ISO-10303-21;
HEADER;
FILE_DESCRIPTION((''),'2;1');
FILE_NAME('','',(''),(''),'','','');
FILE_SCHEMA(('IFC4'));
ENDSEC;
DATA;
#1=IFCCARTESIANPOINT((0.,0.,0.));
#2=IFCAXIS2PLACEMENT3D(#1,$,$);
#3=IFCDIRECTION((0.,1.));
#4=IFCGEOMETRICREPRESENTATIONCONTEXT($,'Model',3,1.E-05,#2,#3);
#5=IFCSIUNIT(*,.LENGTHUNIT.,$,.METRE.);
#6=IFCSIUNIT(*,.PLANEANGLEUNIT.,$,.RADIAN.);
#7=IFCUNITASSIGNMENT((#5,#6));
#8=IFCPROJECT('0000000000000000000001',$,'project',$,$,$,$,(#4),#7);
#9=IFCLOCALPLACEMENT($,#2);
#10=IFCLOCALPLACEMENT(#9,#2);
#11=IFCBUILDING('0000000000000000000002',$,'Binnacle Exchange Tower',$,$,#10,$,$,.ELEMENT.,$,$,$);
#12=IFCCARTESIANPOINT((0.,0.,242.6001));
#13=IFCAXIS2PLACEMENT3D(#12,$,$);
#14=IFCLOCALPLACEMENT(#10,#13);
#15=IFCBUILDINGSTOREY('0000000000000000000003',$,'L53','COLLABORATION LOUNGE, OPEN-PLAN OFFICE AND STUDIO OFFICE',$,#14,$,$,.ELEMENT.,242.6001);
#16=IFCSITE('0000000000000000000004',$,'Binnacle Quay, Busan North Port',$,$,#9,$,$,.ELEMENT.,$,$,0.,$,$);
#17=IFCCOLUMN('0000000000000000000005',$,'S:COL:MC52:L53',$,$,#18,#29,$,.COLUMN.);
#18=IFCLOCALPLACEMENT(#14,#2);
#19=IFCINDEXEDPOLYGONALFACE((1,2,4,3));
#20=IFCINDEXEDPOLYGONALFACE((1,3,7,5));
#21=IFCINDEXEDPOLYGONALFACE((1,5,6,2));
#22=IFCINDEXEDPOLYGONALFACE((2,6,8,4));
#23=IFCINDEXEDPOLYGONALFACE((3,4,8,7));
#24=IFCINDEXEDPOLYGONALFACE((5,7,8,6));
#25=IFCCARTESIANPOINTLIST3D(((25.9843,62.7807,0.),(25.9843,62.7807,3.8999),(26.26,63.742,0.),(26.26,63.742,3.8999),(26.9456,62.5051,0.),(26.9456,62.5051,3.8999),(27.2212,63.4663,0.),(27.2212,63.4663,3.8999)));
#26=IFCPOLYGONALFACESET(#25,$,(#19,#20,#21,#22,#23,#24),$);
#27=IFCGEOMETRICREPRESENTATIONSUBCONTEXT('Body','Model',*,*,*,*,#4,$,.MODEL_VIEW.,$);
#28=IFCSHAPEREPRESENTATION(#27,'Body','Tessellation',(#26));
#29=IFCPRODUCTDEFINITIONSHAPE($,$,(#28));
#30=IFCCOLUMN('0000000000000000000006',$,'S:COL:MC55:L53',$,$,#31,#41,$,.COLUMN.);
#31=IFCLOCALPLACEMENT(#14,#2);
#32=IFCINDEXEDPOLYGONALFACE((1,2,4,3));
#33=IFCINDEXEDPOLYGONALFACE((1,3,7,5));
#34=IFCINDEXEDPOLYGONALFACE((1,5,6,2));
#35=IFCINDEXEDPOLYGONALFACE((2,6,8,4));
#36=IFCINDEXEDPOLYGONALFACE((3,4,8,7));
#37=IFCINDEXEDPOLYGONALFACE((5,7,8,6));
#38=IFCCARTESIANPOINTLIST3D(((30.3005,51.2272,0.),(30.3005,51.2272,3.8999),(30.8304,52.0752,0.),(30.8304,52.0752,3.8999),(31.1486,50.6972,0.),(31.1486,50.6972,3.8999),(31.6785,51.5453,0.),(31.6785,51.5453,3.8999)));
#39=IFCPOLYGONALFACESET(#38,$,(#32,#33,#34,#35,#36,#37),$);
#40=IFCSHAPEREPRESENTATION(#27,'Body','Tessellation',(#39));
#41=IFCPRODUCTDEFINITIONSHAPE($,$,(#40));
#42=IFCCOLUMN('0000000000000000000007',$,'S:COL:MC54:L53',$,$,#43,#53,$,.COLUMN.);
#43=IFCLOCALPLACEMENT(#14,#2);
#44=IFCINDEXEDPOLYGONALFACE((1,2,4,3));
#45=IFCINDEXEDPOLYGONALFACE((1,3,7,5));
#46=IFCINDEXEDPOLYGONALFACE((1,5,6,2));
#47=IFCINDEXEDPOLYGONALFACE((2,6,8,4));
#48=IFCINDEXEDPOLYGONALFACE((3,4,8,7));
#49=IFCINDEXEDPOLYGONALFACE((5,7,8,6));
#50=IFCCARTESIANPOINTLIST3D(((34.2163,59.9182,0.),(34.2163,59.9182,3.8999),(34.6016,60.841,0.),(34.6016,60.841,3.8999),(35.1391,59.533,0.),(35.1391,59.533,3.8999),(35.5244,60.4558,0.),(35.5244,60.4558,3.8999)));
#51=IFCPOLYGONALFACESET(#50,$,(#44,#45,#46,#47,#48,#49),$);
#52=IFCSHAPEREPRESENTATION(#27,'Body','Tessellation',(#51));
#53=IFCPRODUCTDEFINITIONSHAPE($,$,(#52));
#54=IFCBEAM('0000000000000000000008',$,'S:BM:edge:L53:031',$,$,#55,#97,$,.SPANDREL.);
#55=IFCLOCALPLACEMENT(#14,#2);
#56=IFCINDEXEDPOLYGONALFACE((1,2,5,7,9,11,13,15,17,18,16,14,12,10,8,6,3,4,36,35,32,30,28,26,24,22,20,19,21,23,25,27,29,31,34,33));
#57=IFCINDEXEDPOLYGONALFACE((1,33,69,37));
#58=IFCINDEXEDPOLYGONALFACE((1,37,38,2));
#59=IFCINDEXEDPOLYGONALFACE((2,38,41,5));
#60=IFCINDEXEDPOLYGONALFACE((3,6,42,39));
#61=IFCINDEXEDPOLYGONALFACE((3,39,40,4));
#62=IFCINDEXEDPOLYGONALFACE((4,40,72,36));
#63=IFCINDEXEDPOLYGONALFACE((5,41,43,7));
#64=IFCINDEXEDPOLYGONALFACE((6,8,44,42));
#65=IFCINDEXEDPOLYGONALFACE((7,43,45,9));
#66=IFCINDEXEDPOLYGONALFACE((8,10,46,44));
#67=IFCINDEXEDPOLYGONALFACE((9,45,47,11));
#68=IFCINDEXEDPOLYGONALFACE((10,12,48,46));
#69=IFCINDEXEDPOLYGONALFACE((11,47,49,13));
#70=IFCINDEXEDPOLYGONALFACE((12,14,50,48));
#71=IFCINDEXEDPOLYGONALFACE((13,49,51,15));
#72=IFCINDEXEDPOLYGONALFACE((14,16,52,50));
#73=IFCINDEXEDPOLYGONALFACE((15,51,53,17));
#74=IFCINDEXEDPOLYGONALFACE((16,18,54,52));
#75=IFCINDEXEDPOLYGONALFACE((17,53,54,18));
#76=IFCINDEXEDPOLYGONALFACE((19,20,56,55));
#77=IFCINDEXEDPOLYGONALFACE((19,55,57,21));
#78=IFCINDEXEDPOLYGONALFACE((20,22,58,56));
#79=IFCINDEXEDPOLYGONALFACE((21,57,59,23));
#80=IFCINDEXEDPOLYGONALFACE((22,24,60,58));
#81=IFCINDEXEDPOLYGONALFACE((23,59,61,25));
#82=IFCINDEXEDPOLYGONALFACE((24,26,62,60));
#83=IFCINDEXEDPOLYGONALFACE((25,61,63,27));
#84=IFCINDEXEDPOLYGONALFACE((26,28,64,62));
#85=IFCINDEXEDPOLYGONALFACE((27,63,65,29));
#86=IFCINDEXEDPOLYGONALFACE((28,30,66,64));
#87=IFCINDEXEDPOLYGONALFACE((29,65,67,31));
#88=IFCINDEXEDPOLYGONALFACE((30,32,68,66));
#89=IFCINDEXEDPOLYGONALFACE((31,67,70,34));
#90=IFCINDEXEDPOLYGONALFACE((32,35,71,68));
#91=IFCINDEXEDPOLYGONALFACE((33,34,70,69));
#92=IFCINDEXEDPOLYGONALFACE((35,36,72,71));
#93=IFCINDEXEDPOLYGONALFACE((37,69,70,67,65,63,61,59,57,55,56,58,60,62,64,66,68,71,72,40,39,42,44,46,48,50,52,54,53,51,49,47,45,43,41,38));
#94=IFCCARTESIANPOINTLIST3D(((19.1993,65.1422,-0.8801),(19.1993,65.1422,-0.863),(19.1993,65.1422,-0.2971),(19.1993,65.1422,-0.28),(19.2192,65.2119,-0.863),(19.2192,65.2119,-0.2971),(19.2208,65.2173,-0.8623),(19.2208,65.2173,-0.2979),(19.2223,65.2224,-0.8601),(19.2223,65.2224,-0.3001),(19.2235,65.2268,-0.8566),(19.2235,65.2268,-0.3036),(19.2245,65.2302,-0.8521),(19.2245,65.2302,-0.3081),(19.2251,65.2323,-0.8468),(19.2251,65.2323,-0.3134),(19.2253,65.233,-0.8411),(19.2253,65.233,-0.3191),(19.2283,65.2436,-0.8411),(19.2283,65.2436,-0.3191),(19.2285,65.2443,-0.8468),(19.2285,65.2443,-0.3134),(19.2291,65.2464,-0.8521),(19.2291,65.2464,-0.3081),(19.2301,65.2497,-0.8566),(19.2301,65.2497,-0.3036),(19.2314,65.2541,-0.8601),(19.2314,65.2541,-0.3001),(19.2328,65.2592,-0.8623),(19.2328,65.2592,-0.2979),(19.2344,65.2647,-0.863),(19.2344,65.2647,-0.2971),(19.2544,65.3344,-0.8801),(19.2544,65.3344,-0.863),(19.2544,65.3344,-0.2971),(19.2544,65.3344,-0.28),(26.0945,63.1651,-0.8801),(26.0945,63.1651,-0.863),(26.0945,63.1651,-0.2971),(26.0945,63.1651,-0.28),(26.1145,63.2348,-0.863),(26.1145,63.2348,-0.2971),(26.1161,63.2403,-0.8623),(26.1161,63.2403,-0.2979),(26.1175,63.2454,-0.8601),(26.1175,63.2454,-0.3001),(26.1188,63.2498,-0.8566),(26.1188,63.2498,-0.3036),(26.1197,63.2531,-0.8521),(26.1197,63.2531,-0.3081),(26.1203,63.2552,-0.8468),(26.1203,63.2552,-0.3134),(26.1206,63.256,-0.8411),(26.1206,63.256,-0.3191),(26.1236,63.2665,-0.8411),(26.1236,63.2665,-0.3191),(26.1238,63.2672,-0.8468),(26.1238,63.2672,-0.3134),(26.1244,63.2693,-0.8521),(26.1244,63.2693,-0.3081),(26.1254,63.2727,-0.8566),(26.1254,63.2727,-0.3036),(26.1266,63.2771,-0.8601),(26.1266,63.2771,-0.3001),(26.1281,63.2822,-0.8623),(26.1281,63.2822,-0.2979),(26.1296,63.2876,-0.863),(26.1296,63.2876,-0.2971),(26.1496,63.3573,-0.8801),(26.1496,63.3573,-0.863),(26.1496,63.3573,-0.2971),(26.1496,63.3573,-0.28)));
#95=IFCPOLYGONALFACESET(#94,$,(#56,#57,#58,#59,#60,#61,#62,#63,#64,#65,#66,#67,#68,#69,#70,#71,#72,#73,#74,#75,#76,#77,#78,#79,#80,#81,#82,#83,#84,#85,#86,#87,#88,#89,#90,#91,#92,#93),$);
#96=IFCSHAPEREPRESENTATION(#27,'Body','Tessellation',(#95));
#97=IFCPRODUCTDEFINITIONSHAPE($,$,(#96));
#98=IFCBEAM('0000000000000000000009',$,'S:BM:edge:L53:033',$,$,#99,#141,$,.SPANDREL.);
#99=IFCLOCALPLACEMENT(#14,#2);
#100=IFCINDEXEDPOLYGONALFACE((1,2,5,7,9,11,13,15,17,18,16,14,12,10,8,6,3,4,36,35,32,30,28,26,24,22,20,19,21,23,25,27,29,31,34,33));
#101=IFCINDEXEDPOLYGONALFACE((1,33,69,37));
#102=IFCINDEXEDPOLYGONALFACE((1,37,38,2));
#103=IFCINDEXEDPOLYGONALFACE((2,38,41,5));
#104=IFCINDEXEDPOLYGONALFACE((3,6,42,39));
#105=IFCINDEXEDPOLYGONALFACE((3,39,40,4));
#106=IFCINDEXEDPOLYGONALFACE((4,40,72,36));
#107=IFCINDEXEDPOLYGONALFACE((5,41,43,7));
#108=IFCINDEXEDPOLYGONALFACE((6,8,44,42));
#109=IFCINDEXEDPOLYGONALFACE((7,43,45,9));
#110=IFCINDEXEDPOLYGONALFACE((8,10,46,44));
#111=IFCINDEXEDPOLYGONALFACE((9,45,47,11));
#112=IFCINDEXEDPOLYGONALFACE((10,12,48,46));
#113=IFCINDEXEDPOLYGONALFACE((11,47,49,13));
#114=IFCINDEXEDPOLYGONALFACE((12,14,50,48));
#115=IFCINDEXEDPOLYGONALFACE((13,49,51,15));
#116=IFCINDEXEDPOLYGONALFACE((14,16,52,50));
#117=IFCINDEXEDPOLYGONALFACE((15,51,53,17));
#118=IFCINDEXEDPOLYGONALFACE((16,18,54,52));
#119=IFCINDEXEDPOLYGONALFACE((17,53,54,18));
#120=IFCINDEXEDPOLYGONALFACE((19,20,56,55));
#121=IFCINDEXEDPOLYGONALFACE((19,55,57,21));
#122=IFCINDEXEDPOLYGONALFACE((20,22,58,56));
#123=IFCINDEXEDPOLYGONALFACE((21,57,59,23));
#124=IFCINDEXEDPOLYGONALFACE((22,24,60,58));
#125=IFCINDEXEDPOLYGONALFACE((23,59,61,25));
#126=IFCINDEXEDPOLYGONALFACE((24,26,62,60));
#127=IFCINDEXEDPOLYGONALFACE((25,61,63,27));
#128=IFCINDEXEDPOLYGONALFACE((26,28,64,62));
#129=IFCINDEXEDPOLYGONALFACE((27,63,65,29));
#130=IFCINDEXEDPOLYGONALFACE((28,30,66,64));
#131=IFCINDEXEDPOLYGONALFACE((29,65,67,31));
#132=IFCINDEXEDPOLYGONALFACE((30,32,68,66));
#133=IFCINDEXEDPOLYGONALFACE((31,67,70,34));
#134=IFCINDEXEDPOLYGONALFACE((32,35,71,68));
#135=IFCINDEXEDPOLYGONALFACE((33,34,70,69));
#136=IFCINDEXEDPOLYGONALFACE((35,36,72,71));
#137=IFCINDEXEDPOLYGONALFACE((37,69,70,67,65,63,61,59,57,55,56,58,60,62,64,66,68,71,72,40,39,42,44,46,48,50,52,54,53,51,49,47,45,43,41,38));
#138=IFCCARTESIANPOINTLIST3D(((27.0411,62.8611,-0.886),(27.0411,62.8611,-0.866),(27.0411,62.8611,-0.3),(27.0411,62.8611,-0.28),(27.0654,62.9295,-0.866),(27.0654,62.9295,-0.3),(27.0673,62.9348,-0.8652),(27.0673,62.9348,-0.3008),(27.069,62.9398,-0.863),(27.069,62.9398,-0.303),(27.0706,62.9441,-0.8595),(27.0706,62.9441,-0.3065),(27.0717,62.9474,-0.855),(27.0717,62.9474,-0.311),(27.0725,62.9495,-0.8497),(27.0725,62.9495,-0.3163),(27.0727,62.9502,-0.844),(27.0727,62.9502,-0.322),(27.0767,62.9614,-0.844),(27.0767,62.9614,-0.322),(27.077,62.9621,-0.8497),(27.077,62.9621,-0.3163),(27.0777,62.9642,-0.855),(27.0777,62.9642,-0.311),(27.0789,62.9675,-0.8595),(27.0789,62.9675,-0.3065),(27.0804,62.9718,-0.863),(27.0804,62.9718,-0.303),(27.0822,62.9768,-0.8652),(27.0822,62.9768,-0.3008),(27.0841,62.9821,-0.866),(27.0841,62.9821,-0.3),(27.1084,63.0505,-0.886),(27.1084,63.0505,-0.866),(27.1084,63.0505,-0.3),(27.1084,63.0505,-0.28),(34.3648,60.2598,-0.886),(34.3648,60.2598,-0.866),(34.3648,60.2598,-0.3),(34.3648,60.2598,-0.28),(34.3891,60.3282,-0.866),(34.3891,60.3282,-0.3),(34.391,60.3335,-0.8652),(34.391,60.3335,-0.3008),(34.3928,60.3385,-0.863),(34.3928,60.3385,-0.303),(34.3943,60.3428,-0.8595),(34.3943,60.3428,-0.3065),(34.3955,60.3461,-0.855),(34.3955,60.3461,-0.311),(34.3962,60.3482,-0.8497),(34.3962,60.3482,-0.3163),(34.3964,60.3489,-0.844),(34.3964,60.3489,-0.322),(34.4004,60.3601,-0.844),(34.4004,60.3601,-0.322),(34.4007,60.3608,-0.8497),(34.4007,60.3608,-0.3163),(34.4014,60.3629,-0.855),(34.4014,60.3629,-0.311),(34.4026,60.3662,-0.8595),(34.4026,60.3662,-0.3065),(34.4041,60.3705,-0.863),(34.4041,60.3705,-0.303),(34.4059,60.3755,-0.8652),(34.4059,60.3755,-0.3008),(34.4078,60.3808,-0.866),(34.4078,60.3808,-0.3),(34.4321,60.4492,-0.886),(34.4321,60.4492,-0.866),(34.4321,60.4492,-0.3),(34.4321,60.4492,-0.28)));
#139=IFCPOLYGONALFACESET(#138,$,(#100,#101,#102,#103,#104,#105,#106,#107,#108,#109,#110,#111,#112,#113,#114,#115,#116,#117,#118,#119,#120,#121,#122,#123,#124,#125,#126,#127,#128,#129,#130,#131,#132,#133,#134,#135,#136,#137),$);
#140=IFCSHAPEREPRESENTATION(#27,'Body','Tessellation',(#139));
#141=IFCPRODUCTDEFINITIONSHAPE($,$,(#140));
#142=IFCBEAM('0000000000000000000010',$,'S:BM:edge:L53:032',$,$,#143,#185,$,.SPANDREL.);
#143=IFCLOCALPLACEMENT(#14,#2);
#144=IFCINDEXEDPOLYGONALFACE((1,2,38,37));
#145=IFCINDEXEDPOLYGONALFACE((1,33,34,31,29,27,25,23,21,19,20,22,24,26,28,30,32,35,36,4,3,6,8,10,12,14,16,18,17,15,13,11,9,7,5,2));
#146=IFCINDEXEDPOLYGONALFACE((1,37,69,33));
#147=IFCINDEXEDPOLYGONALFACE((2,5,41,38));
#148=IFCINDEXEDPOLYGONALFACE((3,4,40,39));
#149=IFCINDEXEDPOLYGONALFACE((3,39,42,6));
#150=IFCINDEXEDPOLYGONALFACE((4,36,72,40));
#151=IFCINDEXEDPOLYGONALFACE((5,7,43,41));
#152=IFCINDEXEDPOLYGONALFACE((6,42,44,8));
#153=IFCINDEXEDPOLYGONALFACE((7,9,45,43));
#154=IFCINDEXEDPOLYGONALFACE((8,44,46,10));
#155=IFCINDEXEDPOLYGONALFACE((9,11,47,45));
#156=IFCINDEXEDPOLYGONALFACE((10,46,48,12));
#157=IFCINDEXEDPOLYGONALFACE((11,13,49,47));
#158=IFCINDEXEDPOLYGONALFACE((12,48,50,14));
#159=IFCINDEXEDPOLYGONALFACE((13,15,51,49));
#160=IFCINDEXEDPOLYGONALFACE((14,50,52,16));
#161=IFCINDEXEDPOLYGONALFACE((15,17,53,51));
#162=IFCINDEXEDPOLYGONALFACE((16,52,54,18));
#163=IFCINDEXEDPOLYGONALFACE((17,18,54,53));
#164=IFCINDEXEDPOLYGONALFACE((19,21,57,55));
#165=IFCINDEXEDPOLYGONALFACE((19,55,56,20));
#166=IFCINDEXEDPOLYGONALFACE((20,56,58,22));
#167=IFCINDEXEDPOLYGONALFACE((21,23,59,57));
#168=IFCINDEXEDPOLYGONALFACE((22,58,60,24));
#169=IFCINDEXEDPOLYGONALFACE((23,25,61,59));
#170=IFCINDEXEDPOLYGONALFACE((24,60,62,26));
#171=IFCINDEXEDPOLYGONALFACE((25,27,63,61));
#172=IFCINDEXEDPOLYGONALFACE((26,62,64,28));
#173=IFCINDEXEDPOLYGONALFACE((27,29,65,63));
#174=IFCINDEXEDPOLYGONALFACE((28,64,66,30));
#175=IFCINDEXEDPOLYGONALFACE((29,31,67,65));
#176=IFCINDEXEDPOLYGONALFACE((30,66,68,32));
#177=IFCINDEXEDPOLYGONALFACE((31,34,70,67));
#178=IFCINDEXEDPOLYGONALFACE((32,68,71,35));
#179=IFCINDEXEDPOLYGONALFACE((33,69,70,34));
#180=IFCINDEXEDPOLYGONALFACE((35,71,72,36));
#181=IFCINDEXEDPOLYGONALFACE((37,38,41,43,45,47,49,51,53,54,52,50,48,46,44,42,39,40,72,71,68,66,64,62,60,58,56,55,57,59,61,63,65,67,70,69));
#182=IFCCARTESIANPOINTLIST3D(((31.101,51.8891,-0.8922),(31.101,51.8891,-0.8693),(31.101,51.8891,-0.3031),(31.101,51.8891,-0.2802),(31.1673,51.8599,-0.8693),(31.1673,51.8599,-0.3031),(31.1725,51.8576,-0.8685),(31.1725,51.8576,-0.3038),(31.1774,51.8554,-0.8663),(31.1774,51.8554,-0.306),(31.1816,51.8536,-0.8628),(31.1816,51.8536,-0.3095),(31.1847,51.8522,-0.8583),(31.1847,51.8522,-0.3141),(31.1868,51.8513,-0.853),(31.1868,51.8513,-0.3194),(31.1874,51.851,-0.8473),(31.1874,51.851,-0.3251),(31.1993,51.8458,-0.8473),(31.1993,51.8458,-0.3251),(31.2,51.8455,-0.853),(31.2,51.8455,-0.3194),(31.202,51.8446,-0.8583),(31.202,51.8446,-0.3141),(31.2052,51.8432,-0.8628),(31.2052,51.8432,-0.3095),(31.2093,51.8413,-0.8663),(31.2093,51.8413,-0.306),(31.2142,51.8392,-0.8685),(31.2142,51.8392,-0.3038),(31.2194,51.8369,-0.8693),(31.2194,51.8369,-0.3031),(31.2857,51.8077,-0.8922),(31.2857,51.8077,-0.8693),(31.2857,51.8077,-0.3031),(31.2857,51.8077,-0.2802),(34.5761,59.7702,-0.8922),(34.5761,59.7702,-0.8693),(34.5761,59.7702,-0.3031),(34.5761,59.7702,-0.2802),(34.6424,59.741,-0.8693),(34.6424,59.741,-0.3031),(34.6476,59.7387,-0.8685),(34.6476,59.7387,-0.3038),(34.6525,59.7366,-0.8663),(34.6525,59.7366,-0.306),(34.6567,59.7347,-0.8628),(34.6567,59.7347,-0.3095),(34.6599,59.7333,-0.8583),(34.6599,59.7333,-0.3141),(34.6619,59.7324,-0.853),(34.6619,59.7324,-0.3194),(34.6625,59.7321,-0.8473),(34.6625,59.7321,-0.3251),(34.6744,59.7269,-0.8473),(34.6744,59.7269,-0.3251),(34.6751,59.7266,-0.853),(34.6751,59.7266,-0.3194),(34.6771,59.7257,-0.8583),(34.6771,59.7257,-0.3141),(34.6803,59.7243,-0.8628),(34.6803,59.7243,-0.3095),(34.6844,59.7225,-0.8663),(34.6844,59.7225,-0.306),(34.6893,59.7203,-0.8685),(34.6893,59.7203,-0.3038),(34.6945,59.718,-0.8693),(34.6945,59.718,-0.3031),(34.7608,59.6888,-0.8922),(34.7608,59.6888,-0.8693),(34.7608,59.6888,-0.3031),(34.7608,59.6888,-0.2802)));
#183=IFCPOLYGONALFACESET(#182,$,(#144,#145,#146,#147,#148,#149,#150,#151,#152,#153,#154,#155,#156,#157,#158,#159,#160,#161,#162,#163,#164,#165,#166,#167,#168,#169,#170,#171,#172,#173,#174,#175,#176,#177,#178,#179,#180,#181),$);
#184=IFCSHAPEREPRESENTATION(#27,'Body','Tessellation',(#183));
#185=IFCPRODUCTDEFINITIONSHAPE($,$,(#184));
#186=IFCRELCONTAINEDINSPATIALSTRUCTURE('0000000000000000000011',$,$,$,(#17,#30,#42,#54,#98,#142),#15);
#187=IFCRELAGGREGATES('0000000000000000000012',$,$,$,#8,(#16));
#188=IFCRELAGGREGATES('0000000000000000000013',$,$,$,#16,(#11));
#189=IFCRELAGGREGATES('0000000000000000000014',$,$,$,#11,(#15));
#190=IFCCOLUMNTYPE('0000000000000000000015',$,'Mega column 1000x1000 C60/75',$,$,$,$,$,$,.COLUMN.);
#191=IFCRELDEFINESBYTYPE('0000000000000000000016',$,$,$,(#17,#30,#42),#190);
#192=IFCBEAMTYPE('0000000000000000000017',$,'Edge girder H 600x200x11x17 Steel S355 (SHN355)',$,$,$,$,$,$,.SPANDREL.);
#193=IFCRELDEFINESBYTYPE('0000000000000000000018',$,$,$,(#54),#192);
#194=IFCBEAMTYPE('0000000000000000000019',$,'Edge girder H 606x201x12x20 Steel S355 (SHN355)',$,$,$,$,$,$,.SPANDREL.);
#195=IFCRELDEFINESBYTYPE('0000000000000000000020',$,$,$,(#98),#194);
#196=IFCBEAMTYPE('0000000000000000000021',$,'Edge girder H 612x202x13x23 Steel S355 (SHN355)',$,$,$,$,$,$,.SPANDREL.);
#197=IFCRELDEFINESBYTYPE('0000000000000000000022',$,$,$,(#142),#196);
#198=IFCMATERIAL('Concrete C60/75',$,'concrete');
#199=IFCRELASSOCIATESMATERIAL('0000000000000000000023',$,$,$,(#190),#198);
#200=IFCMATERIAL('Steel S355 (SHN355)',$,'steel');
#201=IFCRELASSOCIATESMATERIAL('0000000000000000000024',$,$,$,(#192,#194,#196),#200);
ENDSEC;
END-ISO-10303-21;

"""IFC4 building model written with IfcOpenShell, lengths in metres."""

from ifc_helpers import new_model, si_unit, direction, frame, origin, origin_2d, place, context, subcontext, project, spatial, rectangle, i_section, extrude, material, material_profile, profile_set, type_object, element, save


model = new_model("IFC4")

# Units and contexts
model_context = context("Model", 3, precision=1e-05, world=origin(), true_north=direction((0.0, 1.0)))
body_context = subcontext(model_context, "Body", "Model", "MODEL_VIEW")
ifc_project = project(units=[si_unit("LENGTHUNIT", "METRE"), si_unit("PLANEANGLEUNIT", "RADIAN")], contexts=[model_context])

# Site, building, storey
site_placement = place(None, origin())
site = spatial("IfcSite", under=ifc_project, at=site_placement, Name="Binnacle Quay, Busan North Port", CompositionType="ELEMENT", RefElevation=0.0)
building_placement = place(site_placement, origin())
building = spatial("IfcBuilding", under=site, at=building_placement, Name="Binnacle Exchange Tower", CompositionType="ELEMENT")
storey_placement = place(building_placement, frame((0.0, 0.0, 242.6001)))
storey = spatial("IfcBuildingStorey", under=building, at=storey_placement, Name="L53", Description="COLLABORATION LOUNGE, OPEN-PLAN OFFICE AND STUDIO OFFICE", CompositionType="ELEMENT", Elevation=242.6001)

# Columns
ifc_material_1 = material(Name="Concrete C60/75", Category="concrete")
ifc_material_profile_1 = material_profile(ifc_material_1, rectangle(XDim=1.0, YDim=1.0, at=origin_2d()), Name="Mega column 1000x1000 C60/75")
ifc_profile_set_1 = profile_set([ifc_material_profile_1], Name="Concrete C60/75")
column_type = type_object("IfcColumnType", Name="Mega column 1000x1000 C60/75", PredefinedType="COLUMN", material=ifc_profile_set_1)
for number, where, z_axis, x_axis, name in (
    (1, (26.6028, 63.1235, 0.0), (0.0, 0.0, 1.0), (-0.961262, 0.275637, 0.0), "S:COL:MC52:L53"),
    (2, (30.9895, 51.3862, 0.0), (0.0, 0.0, 1.0), (0.529919, 0.848048, 0.0), "S:COL:MC55:L53"),
    (3, (34.8704, 60.187, 0.0), (0.0, 0.0, 1.0), (-0.922814, 0.385246, 0.0), "S:COL:MC54:L53"),
):
    element("IfcColumn", number, at=place(storey_placement, frame(where, z_axis=z_axis, x_axis=x_axis)), inside=storey, type_object=column_type, Name=name, PredefinedType="COLUMN", context=body_context, shape_type="SweptSolid", body=[
        extrude(rectangle(XDim=1.0, YDim=1.0, at=origin_2d()), origin(), (0.0, 0.0, 1.0), 3.8999),
    ])

# Beams
ifc_material_2 = material(Name="Steel S355 (SHN355)", Category="steel")
ifc_material_profile_2 = material_profile(ifc_material_2, i_section(OverallWidth=0.2, OverallDepth=0.6001, WebThickness=0.011, FlangeThickness=0.0171, FilletRadius=0.022, at=origin_2d()), Name="H 600x200x11x17")
ifc_profile_set_2 = profile_set([ifc_material_profile_2], Name="Steel S355 (SHN355)")
beam_type_1 = type_object("IfcBeamType", Name="Edge girder H 600x200x11x17 Steel S355 (SHN355)", PredefinedType="SPANDREL", material=ifc_profile_set_2)
beam_1_placement = place(storey_placement, frame((26.1221, 63.2612, -0.5801), z_axis=(-0.961267, 0.27562, 0.0), x_axis=(-0.27562, -0.961267, 0.0)))
element("IfcBeam", 4, at=beam_1_placement, inside=storey, type_object=beam_type_1, Name="S:BM:edge:L53:031", PredefinedType="SPANDREL", context=body_context, shape_type="SweptSolid", body=[
    extrude(i_section(OverallWidth=0.2, OverallDepth=0.6001, WebThickness=0.011, FlangeThickness=0.0171, FilletRadius=0.022, at=origin_2d()), origin(), (0.0, 0.0, 1.0), 7.1731),
])
ifc_material_profile_3 = material_profile(ifc_material_2, i_section(OverallWidth=0.2009, OverallDepth=0.606, WebThickness=0.012, FlangeThickness=0.02, FilletRadius=0.022, at=origin_2d()), Name="H 606x201x12x20")
ifc_profile_set_3 = profile_set([ifc_material_profile_3], Name="Steel S355 (SHN355)")
beam_type_2 = type_object("IfcBeamType", Name="Edge girder H 606x201x12x20 Steel S355 (SHN355)", PredefinedType="SPANDREL", material=ifc_profile_set_3)
beam_2_placement = place(storey_placement, frame((34.3984, 60.3545, -0.583), z_axis=(-0.942323, 0.334704, 0.0), x_axis=(-0.334704, -0.942323, 0.0)))
element("IfcBeam", 5, at=beam_2_placement, inside=storey, type_object=beam_type_2, Name="S:BM:edge:L53:033", PredefinedType="SPANDREL", context=body_context, shape_type="SweptSolid", body=[
    extrude(i_section(OverallWidth=0.2009, OverallDepth=0.606, WebThickness=0.012, FlangeThickness=0.02, FilletRadius=0.022, at=origin_2d()), origin(), (0.0, 0.0, 1.0), 7.772),
])
ifc_material_profile_4 = material_profile(ifc_material_2, i_section(OverallWidth=0.2019, OverallDepth=0.6121, WebThickness=0.0129, FlangeThickness=0.0229, FilletRadius=0.022, at=origin_2d()), Name="H 612x202x13x23")
ifc_profile_set_4 = profile_set([ifc_material_profile_4], Name="Steel S355 (SHN355)")
beam_type_3 = type_object("IfcBeamType", Name="Edge girder H 612x202x13x23 Steel S355 (SHN355)", PredefinedType="SPANDREL", material=ifc_profile_set_4)
beam_3_placement = place(storey_placement, frame((31.1934, 51.8484, -0.5862), z_axis=(0.403459, 0.914998, 0.0), x_axis=(-0.914998, 0.403459, 0.0)))
element("IfcBeam", 6, at=beam_3_placement, inside=storey, type_object=beam_type_3, Name="S:BM:edge:L53:032", PredefinedType="SPANDREL", context=body_context, shape_type="SweptSolid", body=[
    extrude(i_section(OverallWidth=0.2019, OverallDepth=0.6121, WebThickness=0.0129, FlangeThickness=0.0229, FilletRadius=0.022, at=origin_2d()), origin(), (0.0, 0.0, 1.0), 8.6133),
])

save(model, "model.ifc")
